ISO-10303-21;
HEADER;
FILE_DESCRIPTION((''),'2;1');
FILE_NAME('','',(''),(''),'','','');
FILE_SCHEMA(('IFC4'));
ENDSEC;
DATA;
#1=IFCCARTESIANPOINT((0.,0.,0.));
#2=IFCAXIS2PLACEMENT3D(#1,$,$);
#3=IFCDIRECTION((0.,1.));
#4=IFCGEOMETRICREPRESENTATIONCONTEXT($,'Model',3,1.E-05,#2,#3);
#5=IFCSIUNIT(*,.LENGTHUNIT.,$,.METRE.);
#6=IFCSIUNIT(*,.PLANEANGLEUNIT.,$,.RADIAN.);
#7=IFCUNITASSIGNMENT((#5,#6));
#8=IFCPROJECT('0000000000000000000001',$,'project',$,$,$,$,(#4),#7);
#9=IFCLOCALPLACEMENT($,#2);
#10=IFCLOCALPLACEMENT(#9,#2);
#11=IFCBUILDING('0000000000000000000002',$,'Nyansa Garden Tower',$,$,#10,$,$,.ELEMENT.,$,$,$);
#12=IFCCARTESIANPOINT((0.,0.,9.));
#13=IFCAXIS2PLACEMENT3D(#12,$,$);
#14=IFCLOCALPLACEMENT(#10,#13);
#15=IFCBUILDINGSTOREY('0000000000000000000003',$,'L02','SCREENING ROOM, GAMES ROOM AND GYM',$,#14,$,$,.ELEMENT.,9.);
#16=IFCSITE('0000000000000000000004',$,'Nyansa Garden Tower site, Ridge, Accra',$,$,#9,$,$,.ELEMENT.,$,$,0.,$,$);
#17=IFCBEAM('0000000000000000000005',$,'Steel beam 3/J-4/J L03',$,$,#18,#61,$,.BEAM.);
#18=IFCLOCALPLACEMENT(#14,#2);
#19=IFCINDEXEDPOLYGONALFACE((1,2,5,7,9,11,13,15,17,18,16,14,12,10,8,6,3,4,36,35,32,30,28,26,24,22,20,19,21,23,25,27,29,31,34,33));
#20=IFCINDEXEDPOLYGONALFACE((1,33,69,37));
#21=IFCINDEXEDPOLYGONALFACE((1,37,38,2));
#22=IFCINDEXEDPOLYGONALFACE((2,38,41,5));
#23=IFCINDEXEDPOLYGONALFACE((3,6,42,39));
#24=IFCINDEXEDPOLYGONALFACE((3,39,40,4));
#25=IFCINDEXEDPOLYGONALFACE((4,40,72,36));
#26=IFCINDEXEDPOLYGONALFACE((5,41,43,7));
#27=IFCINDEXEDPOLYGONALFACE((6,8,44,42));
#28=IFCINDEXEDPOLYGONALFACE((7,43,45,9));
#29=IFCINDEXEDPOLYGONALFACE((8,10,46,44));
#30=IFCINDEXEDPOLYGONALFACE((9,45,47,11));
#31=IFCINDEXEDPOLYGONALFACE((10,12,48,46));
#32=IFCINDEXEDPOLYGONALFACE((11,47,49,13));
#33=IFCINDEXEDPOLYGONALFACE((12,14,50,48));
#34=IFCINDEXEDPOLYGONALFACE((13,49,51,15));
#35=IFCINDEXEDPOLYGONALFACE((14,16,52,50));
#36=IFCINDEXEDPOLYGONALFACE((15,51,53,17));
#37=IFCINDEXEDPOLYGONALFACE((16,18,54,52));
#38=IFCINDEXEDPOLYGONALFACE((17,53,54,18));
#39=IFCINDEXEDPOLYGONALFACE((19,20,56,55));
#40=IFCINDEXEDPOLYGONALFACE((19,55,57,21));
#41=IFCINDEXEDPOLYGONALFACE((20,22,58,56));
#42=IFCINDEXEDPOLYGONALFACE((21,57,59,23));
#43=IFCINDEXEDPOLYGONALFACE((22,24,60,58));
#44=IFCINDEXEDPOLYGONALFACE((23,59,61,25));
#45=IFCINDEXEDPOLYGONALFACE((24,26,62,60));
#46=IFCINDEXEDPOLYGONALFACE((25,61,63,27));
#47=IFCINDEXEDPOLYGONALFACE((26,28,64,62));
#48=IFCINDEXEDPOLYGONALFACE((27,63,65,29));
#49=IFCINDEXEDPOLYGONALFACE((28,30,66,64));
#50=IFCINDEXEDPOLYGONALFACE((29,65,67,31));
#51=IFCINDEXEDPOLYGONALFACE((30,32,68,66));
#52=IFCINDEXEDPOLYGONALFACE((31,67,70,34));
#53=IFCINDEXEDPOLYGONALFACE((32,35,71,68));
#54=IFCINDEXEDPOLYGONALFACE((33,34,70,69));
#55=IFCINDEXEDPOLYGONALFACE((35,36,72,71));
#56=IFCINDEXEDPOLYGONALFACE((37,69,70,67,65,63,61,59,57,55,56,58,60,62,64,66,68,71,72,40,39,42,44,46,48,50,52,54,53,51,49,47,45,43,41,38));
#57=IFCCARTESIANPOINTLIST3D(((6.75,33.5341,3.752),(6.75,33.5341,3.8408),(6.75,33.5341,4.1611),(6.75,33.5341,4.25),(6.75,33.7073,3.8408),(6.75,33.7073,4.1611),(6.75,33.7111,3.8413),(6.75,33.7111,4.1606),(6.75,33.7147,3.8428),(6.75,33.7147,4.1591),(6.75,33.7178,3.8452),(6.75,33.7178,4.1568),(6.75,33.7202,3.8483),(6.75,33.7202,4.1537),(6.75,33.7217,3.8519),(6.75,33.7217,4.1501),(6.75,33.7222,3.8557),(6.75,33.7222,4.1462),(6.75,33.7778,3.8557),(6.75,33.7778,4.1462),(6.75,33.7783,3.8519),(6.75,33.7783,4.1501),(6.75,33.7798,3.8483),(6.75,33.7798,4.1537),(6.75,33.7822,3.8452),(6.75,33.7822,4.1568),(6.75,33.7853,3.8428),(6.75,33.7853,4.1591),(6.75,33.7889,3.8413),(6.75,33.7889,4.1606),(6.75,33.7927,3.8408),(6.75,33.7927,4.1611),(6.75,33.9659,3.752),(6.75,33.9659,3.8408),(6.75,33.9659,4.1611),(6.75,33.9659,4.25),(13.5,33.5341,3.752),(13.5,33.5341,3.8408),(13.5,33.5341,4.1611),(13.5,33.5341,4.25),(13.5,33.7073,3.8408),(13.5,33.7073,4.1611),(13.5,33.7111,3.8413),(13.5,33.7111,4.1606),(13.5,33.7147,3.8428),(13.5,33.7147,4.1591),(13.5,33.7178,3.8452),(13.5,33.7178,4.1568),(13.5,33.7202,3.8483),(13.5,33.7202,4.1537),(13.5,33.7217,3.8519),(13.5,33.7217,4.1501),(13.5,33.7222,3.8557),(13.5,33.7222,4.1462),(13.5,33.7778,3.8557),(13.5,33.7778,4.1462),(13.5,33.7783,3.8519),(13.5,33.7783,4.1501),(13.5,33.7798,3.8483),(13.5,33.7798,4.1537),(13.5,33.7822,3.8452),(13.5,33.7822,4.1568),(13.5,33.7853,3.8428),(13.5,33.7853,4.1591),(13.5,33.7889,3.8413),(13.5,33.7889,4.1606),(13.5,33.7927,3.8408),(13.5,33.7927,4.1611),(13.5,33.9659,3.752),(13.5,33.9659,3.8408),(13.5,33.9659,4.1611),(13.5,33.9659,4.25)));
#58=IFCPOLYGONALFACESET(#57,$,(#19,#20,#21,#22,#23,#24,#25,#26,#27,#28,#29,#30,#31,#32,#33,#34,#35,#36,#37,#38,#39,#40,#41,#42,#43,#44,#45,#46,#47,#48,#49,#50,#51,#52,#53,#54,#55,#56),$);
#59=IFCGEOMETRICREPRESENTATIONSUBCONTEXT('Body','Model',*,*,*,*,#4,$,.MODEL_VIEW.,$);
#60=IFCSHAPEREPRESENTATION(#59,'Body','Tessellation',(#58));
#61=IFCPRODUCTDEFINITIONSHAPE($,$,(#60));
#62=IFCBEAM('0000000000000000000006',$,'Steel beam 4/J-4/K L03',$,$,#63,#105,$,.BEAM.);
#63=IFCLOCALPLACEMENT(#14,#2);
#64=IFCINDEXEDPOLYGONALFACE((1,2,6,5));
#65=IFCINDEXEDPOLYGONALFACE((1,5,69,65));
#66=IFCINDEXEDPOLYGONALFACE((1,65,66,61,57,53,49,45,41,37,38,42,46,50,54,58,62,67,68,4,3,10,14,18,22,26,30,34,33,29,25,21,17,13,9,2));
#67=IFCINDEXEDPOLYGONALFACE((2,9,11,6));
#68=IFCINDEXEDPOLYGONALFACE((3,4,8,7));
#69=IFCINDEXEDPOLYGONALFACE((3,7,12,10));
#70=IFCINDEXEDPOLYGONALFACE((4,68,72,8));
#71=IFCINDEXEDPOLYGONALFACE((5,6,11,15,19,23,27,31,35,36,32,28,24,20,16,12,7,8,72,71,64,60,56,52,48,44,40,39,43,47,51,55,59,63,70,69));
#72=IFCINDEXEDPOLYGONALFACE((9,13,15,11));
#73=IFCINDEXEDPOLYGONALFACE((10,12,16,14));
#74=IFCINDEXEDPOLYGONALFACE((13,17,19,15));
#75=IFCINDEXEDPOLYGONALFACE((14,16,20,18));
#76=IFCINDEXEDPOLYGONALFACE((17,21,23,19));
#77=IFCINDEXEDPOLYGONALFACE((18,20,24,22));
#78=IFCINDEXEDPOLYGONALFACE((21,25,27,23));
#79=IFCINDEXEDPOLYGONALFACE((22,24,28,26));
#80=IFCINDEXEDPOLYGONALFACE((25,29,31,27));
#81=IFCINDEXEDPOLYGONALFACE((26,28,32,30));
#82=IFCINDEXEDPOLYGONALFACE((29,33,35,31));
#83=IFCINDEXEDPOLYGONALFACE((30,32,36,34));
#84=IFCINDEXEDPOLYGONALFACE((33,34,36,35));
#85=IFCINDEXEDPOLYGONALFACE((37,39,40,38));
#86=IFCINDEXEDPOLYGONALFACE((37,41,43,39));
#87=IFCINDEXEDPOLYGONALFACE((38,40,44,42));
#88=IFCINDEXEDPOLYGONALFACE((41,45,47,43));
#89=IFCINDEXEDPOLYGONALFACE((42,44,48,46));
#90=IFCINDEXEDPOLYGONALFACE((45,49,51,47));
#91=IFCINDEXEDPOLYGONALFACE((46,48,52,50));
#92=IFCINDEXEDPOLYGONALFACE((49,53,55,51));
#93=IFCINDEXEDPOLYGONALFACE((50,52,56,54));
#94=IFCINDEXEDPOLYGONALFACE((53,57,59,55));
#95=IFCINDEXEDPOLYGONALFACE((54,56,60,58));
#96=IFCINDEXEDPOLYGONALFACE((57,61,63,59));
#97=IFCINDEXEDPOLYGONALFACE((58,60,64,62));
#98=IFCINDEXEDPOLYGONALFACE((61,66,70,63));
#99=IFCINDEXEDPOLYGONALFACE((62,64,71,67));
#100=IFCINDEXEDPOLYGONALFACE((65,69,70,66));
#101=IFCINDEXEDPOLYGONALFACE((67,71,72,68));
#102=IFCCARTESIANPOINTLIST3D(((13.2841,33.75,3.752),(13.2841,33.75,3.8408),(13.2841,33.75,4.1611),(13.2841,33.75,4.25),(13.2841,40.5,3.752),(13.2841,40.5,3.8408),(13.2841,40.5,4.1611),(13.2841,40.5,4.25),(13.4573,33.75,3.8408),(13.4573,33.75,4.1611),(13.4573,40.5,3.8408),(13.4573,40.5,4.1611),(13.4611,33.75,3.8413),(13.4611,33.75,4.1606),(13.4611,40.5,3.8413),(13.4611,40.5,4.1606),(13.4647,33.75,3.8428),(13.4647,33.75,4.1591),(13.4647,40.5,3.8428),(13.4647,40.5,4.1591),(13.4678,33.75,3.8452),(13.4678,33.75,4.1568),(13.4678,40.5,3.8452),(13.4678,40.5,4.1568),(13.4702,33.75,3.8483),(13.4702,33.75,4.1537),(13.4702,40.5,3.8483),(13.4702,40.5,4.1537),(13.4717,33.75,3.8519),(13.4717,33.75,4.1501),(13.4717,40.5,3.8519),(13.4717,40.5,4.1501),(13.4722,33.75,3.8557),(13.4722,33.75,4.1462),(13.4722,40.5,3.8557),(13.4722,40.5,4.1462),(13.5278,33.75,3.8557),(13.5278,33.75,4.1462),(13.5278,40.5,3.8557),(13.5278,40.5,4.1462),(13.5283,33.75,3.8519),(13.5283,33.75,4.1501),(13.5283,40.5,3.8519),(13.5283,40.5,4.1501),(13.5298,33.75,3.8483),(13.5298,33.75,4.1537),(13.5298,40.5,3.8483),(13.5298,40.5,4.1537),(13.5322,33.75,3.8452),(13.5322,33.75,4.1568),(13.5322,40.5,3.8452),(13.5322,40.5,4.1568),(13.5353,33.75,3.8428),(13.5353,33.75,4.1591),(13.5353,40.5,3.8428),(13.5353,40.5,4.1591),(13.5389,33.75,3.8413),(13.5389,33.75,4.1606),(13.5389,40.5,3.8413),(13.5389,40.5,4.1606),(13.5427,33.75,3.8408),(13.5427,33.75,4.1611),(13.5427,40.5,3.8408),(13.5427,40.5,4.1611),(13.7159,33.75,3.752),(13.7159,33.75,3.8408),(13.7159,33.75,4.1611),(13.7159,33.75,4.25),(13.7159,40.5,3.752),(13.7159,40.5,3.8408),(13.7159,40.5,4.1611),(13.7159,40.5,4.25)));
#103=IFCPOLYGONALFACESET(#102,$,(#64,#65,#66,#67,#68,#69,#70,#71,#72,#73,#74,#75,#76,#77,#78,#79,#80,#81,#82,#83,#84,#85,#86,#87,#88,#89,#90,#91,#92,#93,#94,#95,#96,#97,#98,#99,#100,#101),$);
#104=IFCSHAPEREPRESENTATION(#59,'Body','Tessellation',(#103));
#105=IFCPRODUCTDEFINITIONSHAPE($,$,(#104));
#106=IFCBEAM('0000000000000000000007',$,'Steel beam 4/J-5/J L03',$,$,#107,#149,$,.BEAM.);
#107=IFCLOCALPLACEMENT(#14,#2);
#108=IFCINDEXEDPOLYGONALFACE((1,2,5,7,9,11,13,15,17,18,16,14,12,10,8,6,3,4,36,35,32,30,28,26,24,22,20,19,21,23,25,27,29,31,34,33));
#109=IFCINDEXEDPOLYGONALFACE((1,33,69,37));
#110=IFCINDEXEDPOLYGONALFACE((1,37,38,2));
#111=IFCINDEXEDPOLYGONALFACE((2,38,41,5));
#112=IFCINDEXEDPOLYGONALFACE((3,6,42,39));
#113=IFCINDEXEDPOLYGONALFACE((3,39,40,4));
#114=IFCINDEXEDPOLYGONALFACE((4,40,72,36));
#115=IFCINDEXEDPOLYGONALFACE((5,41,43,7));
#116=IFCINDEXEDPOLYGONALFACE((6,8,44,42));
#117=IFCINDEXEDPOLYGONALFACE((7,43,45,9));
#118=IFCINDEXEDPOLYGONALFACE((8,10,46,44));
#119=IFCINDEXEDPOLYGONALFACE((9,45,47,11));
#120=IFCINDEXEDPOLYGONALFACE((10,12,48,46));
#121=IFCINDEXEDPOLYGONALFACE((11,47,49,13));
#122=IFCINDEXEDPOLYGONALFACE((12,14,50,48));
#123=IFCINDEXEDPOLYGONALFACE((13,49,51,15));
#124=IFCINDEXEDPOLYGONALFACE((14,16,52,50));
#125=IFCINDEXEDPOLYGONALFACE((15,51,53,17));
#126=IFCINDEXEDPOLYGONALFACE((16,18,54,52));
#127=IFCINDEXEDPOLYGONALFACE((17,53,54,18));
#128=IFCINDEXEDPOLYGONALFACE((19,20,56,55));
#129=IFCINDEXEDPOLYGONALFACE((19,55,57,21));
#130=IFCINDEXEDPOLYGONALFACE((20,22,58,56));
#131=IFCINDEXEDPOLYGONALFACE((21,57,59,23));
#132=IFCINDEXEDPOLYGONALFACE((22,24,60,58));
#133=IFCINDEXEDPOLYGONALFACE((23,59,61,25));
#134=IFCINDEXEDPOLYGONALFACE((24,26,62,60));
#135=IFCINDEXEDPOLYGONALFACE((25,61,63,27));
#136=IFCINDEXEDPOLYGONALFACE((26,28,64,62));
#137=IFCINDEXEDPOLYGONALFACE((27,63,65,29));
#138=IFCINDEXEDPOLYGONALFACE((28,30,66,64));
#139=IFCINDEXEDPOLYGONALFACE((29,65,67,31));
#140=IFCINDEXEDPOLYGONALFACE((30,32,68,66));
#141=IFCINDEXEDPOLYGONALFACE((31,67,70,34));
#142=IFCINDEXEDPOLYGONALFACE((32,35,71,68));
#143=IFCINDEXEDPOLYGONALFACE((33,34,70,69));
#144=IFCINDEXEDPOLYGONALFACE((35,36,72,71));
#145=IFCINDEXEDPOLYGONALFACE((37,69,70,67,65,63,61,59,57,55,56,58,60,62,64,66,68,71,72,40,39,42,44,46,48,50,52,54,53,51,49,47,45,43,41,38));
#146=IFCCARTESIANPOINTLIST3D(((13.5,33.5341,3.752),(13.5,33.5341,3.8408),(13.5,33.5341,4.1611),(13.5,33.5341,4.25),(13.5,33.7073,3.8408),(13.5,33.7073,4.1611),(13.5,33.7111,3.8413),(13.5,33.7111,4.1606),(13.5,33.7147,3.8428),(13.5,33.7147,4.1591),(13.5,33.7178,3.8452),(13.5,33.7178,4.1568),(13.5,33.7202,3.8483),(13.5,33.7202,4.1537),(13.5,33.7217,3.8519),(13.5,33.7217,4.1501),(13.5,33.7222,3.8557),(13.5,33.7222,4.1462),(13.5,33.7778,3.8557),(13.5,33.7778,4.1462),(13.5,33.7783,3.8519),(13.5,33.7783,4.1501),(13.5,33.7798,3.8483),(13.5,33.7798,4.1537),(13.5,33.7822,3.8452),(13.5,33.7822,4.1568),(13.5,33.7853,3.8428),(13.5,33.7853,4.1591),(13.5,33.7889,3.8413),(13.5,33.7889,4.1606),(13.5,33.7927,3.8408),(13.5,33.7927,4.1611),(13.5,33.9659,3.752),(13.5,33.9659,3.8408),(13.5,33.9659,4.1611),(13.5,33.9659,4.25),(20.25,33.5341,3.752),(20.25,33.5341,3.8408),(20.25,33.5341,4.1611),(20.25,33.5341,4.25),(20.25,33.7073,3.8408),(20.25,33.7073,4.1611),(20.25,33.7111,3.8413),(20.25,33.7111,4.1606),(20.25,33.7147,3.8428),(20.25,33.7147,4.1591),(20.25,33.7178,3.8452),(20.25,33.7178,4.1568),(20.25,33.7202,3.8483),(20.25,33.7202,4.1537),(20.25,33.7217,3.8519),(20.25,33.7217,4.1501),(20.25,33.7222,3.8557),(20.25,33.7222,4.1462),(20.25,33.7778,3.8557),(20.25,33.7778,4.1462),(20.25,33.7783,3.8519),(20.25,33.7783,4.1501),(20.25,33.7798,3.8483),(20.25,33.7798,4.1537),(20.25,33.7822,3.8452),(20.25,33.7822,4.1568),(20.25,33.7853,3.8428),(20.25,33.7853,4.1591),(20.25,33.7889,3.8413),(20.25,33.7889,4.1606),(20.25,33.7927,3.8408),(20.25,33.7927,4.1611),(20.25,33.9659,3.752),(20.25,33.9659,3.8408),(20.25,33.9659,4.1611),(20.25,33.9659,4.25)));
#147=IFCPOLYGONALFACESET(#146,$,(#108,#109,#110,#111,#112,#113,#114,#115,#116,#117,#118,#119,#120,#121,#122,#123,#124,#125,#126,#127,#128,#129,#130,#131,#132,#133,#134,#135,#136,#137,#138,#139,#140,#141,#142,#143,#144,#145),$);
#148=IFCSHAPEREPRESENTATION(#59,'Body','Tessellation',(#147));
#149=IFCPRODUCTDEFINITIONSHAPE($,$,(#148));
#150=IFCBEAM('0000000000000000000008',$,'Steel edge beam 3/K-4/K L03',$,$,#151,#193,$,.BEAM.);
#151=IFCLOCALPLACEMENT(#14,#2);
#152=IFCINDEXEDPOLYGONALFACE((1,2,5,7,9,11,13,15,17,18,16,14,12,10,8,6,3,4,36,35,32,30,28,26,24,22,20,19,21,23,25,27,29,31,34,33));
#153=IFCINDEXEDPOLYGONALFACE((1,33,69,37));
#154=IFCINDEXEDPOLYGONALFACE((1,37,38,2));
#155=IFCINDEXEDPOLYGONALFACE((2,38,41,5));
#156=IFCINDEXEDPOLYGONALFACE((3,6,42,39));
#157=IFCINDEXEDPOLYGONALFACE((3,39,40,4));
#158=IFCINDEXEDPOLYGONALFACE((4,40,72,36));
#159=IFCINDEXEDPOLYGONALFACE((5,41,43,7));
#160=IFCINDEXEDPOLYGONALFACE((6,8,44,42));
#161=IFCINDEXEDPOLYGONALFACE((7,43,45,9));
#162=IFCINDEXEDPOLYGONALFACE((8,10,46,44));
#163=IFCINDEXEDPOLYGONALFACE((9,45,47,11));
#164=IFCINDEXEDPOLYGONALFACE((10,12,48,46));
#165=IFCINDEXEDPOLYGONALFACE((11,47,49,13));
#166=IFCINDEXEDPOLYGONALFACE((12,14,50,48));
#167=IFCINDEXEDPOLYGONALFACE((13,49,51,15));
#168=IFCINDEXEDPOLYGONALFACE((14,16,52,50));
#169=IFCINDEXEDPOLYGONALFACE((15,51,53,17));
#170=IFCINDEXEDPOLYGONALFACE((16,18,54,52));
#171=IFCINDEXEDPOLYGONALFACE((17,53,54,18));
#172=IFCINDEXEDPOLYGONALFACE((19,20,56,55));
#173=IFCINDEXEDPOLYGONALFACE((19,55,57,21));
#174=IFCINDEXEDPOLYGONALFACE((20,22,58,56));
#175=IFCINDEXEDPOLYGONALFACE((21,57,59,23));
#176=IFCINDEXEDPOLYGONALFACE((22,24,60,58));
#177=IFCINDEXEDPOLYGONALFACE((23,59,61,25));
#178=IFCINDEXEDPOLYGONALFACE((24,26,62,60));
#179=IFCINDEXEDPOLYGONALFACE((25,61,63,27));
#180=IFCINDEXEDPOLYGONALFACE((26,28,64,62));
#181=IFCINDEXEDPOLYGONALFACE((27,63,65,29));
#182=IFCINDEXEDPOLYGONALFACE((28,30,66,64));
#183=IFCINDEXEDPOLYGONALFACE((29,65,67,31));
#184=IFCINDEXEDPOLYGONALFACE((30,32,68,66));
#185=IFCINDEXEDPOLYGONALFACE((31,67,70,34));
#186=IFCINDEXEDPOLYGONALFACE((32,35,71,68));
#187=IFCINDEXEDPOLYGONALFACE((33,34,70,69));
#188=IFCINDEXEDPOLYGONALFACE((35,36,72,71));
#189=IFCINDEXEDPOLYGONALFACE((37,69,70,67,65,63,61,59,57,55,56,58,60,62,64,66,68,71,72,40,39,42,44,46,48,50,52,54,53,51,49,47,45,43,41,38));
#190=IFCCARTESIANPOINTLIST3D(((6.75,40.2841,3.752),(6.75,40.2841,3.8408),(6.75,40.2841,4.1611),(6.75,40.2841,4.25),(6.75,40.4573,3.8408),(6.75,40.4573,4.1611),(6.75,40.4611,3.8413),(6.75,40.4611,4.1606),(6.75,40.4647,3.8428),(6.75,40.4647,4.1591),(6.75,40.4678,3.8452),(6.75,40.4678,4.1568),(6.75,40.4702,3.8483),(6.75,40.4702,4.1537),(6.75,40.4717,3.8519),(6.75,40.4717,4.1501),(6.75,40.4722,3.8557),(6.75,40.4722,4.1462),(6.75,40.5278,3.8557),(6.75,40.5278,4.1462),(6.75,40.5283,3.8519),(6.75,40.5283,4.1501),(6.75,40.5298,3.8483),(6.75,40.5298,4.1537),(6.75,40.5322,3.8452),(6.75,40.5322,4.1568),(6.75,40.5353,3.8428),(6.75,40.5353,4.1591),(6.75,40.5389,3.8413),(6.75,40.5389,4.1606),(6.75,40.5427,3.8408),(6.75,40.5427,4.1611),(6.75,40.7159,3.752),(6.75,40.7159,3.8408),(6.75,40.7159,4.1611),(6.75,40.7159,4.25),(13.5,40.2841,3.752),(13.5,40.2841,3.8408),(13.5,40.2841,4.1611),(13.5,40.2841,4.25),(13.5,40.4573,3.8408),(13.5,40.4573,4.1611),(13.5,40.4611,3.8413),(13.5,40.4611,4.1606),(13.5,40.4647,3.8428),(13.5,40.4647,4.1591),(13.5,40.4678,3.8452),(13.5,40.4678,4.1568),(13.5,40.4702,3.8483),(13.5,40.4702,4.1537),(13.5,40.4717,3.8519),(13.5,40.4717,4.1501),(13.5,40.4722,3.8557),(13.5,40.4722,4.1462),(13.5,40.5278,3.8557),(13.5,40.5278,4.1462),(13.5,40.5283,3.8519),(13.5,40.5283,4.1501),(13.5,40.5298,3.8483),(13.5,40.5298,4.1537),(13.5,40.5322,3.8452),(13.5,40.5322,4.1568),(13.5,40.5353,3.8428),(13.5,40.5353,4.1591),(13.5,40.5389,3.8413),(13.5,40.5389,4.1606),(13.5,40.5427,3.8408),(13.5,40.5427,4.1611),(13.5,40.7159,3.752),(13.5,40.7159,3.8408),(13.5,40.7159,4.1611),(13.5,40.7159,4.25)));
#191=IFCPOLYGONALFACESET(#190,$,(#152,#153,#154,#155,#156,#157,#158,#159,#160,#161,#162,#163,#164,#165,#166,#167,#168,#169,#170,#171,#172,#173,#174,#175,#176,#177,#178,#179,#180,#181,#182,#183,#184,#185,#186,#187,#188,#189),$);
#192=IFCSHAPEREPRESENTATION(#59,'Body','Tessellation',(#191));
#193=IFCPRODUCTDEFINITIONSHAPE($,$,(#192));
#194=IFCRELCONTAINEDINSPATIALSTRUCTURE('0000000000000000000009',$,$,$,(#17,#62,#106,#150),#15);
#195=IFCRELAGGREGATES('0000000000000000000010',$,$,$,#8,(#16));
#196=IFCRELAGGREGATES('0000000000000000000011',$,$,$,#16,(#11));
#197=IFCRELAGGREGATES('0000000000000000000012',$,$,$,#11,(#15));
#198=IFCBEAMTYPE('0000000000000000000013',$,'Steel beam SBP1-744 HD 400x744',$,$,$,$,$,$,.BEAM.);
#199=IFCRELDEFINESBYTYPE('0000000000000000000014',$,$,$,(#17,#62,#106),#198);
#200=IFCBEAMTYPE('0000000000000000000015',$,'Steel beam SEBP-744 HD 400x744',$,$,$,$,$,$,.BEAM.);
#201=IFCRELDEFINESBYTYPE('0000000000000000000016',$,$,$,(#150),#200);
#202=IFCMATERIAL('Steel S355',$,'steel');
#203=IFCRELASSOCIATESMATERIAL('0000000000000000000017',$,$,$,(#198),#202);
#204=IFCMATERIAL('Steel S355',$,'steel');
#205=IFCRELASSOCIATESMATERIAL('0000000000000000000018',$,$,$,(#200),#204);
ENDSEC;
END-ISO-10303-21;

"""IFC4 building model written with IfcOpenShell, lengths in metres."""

from ifc_helpers import new_model, si_unit, direction, frame, origin, origin_2d, place, context, subcontext, project, spatial, i_section, extrude, material, material_profile, profile_set, type_object, element, save


model = new_model("IFC4")

# Units and contexts
model_context = context("Model", 3, precision=1e-05, world=origin(), true_north=direction((0.0, 1.0)))
body_context = subcontext(model_context, "Body", "Model", "MODEL_VIEW")
ifc_project = project(units=[si_unit("LENGTHUNIT", "METRE"), si_unit("PLANEANGLEUNIT", "RADIAN")], contexts=[model_context])

# Site, building, storey
site_placement = place(None, origin())
site = spatial("IfcSite", under=ifc_project, at=site_placement, Name="Nyansa Garden Tower site, Ridge, Accra", CompositionType="ELEMENT", RefElevation=0.0)
building_placement = place(site_placement, origin())
building = spatial("IfcBuilding", under=site, at=building_placement, Name="Nyansa Garden Tower", CompositionType="ELEMENT")
storey_placement = place(building_placement, frame((0.0, 0.0, 9.0)))
storey = spatial("IfcBuildingStorey", under=building, at=storey_placement, Name="L02", Description="SCREENING ROOM, GAMES ROOM AND GYM", CompositionType="ELEMENT", Elevation=9.0)

# Beams
ifc_material_1 = material(Name="Steel S355", Category="steel")
ifc_material_profile_1 = material_profile(ifc_material_1, i_section(OverallWidth=0.4319, OverallDepth=0.498, WebThickness=0.0557, FlangeThickness=0.0889, FilletRadius=0.0149, at=origin_2d()), Name="HD 400x744")
ifc_profile_set_1 = profile_set([ifc_material_profile_1], Name="Steel S355")
beam_type_1 = type_object("IfcBeamType", Name="Steel beam SBP1-744 HD 400x744", PredefinedType="BEAM", material=ifc_profile_set_1)
for number, where, z_axis, x_axis, name in (
    (1, (6.75, 33.75, 4.001), (1.0, 0.0, 0.0), (0.0, 1.0, 0.0), "Steel beam 3/J-4/J L03"),
    (2, (13.5, 33.75, 4.001), (0.0, 1.0, 0.0), (-1.0, 0.0, 0.0), "Steel beam 4/J-4/K L03"),
    (3, (13.5, 33.75, 4.001), (1.0, 0.0, 0.0), (0.0, 1.0, 0.0), "Steel beam 4/J-5/J L03"),
):
    element("IfcBeam", number, at=place(storey_placement, frame(where, z_axis=z_axis, x_axis=x_axis)), inside=storey, type_object=beam_type_1, Name=name, PredefinedType="BEAM", context=body_context, shape_type="SweptSolid", body=[
        extrude(i_section(OverallWidth=0.4319, OverallDepth=0.498, WebThickness=0.0557, FlangeThickness=0.0889, FilletRadius=0.0149, at=origin_2d()), origin(), (0.0, 0.0, 1.0), 6.75),
    ])
ifc_material_2 = material(Name="Steel S355", Category="steel")
ifc_material_profile_2 = material_profile(ifc_material_2, i_section(OverallWidth=0.4319, OverallDepth=0.498, WebThickness=0.0557, FlangeThickness=0.0889, FilletRadius=0.0149, at=origin_2d()), Name="HD 400x744")
ifc_profile_set_2 = profile_set([ifc_material_profile_2], Name="Steel S355")
beam_type_2 = type_object("IfcBeamType", Name="Steel beam SEBP-744 HD 400x744", PredefinedType="BEAM", material=ifc_profile_set_2)
for number, where, z_axis, x_axis, name in (
    (4, (6.75, 40.5, 4.001), (1.0, 0.0, 0.0), (0.0, 1.0, 0.0), "Steel edge beam 3/K-4/K L03"),
):
    element("IfcBeam", number, at=place(storey_placement, frame(where, z_axis=z_axis, x_axis=x_axis)), inside=storey, type_object=beam_type_2, Name=name, PredefinedType="BEAM", context=body_context, shape_type="SweptSolid", body=[
        extrude(i_section(OverallWidth=0.4319, OverallDepth=0.498, WebThickness=0.0557, FlangeThickness=0.0889, FilletRadius=0.0149, at=origin_2d()), origin(), (0.0, 0.0, 1.0), 6.75),
    ])

save(model, "model.ifc")
